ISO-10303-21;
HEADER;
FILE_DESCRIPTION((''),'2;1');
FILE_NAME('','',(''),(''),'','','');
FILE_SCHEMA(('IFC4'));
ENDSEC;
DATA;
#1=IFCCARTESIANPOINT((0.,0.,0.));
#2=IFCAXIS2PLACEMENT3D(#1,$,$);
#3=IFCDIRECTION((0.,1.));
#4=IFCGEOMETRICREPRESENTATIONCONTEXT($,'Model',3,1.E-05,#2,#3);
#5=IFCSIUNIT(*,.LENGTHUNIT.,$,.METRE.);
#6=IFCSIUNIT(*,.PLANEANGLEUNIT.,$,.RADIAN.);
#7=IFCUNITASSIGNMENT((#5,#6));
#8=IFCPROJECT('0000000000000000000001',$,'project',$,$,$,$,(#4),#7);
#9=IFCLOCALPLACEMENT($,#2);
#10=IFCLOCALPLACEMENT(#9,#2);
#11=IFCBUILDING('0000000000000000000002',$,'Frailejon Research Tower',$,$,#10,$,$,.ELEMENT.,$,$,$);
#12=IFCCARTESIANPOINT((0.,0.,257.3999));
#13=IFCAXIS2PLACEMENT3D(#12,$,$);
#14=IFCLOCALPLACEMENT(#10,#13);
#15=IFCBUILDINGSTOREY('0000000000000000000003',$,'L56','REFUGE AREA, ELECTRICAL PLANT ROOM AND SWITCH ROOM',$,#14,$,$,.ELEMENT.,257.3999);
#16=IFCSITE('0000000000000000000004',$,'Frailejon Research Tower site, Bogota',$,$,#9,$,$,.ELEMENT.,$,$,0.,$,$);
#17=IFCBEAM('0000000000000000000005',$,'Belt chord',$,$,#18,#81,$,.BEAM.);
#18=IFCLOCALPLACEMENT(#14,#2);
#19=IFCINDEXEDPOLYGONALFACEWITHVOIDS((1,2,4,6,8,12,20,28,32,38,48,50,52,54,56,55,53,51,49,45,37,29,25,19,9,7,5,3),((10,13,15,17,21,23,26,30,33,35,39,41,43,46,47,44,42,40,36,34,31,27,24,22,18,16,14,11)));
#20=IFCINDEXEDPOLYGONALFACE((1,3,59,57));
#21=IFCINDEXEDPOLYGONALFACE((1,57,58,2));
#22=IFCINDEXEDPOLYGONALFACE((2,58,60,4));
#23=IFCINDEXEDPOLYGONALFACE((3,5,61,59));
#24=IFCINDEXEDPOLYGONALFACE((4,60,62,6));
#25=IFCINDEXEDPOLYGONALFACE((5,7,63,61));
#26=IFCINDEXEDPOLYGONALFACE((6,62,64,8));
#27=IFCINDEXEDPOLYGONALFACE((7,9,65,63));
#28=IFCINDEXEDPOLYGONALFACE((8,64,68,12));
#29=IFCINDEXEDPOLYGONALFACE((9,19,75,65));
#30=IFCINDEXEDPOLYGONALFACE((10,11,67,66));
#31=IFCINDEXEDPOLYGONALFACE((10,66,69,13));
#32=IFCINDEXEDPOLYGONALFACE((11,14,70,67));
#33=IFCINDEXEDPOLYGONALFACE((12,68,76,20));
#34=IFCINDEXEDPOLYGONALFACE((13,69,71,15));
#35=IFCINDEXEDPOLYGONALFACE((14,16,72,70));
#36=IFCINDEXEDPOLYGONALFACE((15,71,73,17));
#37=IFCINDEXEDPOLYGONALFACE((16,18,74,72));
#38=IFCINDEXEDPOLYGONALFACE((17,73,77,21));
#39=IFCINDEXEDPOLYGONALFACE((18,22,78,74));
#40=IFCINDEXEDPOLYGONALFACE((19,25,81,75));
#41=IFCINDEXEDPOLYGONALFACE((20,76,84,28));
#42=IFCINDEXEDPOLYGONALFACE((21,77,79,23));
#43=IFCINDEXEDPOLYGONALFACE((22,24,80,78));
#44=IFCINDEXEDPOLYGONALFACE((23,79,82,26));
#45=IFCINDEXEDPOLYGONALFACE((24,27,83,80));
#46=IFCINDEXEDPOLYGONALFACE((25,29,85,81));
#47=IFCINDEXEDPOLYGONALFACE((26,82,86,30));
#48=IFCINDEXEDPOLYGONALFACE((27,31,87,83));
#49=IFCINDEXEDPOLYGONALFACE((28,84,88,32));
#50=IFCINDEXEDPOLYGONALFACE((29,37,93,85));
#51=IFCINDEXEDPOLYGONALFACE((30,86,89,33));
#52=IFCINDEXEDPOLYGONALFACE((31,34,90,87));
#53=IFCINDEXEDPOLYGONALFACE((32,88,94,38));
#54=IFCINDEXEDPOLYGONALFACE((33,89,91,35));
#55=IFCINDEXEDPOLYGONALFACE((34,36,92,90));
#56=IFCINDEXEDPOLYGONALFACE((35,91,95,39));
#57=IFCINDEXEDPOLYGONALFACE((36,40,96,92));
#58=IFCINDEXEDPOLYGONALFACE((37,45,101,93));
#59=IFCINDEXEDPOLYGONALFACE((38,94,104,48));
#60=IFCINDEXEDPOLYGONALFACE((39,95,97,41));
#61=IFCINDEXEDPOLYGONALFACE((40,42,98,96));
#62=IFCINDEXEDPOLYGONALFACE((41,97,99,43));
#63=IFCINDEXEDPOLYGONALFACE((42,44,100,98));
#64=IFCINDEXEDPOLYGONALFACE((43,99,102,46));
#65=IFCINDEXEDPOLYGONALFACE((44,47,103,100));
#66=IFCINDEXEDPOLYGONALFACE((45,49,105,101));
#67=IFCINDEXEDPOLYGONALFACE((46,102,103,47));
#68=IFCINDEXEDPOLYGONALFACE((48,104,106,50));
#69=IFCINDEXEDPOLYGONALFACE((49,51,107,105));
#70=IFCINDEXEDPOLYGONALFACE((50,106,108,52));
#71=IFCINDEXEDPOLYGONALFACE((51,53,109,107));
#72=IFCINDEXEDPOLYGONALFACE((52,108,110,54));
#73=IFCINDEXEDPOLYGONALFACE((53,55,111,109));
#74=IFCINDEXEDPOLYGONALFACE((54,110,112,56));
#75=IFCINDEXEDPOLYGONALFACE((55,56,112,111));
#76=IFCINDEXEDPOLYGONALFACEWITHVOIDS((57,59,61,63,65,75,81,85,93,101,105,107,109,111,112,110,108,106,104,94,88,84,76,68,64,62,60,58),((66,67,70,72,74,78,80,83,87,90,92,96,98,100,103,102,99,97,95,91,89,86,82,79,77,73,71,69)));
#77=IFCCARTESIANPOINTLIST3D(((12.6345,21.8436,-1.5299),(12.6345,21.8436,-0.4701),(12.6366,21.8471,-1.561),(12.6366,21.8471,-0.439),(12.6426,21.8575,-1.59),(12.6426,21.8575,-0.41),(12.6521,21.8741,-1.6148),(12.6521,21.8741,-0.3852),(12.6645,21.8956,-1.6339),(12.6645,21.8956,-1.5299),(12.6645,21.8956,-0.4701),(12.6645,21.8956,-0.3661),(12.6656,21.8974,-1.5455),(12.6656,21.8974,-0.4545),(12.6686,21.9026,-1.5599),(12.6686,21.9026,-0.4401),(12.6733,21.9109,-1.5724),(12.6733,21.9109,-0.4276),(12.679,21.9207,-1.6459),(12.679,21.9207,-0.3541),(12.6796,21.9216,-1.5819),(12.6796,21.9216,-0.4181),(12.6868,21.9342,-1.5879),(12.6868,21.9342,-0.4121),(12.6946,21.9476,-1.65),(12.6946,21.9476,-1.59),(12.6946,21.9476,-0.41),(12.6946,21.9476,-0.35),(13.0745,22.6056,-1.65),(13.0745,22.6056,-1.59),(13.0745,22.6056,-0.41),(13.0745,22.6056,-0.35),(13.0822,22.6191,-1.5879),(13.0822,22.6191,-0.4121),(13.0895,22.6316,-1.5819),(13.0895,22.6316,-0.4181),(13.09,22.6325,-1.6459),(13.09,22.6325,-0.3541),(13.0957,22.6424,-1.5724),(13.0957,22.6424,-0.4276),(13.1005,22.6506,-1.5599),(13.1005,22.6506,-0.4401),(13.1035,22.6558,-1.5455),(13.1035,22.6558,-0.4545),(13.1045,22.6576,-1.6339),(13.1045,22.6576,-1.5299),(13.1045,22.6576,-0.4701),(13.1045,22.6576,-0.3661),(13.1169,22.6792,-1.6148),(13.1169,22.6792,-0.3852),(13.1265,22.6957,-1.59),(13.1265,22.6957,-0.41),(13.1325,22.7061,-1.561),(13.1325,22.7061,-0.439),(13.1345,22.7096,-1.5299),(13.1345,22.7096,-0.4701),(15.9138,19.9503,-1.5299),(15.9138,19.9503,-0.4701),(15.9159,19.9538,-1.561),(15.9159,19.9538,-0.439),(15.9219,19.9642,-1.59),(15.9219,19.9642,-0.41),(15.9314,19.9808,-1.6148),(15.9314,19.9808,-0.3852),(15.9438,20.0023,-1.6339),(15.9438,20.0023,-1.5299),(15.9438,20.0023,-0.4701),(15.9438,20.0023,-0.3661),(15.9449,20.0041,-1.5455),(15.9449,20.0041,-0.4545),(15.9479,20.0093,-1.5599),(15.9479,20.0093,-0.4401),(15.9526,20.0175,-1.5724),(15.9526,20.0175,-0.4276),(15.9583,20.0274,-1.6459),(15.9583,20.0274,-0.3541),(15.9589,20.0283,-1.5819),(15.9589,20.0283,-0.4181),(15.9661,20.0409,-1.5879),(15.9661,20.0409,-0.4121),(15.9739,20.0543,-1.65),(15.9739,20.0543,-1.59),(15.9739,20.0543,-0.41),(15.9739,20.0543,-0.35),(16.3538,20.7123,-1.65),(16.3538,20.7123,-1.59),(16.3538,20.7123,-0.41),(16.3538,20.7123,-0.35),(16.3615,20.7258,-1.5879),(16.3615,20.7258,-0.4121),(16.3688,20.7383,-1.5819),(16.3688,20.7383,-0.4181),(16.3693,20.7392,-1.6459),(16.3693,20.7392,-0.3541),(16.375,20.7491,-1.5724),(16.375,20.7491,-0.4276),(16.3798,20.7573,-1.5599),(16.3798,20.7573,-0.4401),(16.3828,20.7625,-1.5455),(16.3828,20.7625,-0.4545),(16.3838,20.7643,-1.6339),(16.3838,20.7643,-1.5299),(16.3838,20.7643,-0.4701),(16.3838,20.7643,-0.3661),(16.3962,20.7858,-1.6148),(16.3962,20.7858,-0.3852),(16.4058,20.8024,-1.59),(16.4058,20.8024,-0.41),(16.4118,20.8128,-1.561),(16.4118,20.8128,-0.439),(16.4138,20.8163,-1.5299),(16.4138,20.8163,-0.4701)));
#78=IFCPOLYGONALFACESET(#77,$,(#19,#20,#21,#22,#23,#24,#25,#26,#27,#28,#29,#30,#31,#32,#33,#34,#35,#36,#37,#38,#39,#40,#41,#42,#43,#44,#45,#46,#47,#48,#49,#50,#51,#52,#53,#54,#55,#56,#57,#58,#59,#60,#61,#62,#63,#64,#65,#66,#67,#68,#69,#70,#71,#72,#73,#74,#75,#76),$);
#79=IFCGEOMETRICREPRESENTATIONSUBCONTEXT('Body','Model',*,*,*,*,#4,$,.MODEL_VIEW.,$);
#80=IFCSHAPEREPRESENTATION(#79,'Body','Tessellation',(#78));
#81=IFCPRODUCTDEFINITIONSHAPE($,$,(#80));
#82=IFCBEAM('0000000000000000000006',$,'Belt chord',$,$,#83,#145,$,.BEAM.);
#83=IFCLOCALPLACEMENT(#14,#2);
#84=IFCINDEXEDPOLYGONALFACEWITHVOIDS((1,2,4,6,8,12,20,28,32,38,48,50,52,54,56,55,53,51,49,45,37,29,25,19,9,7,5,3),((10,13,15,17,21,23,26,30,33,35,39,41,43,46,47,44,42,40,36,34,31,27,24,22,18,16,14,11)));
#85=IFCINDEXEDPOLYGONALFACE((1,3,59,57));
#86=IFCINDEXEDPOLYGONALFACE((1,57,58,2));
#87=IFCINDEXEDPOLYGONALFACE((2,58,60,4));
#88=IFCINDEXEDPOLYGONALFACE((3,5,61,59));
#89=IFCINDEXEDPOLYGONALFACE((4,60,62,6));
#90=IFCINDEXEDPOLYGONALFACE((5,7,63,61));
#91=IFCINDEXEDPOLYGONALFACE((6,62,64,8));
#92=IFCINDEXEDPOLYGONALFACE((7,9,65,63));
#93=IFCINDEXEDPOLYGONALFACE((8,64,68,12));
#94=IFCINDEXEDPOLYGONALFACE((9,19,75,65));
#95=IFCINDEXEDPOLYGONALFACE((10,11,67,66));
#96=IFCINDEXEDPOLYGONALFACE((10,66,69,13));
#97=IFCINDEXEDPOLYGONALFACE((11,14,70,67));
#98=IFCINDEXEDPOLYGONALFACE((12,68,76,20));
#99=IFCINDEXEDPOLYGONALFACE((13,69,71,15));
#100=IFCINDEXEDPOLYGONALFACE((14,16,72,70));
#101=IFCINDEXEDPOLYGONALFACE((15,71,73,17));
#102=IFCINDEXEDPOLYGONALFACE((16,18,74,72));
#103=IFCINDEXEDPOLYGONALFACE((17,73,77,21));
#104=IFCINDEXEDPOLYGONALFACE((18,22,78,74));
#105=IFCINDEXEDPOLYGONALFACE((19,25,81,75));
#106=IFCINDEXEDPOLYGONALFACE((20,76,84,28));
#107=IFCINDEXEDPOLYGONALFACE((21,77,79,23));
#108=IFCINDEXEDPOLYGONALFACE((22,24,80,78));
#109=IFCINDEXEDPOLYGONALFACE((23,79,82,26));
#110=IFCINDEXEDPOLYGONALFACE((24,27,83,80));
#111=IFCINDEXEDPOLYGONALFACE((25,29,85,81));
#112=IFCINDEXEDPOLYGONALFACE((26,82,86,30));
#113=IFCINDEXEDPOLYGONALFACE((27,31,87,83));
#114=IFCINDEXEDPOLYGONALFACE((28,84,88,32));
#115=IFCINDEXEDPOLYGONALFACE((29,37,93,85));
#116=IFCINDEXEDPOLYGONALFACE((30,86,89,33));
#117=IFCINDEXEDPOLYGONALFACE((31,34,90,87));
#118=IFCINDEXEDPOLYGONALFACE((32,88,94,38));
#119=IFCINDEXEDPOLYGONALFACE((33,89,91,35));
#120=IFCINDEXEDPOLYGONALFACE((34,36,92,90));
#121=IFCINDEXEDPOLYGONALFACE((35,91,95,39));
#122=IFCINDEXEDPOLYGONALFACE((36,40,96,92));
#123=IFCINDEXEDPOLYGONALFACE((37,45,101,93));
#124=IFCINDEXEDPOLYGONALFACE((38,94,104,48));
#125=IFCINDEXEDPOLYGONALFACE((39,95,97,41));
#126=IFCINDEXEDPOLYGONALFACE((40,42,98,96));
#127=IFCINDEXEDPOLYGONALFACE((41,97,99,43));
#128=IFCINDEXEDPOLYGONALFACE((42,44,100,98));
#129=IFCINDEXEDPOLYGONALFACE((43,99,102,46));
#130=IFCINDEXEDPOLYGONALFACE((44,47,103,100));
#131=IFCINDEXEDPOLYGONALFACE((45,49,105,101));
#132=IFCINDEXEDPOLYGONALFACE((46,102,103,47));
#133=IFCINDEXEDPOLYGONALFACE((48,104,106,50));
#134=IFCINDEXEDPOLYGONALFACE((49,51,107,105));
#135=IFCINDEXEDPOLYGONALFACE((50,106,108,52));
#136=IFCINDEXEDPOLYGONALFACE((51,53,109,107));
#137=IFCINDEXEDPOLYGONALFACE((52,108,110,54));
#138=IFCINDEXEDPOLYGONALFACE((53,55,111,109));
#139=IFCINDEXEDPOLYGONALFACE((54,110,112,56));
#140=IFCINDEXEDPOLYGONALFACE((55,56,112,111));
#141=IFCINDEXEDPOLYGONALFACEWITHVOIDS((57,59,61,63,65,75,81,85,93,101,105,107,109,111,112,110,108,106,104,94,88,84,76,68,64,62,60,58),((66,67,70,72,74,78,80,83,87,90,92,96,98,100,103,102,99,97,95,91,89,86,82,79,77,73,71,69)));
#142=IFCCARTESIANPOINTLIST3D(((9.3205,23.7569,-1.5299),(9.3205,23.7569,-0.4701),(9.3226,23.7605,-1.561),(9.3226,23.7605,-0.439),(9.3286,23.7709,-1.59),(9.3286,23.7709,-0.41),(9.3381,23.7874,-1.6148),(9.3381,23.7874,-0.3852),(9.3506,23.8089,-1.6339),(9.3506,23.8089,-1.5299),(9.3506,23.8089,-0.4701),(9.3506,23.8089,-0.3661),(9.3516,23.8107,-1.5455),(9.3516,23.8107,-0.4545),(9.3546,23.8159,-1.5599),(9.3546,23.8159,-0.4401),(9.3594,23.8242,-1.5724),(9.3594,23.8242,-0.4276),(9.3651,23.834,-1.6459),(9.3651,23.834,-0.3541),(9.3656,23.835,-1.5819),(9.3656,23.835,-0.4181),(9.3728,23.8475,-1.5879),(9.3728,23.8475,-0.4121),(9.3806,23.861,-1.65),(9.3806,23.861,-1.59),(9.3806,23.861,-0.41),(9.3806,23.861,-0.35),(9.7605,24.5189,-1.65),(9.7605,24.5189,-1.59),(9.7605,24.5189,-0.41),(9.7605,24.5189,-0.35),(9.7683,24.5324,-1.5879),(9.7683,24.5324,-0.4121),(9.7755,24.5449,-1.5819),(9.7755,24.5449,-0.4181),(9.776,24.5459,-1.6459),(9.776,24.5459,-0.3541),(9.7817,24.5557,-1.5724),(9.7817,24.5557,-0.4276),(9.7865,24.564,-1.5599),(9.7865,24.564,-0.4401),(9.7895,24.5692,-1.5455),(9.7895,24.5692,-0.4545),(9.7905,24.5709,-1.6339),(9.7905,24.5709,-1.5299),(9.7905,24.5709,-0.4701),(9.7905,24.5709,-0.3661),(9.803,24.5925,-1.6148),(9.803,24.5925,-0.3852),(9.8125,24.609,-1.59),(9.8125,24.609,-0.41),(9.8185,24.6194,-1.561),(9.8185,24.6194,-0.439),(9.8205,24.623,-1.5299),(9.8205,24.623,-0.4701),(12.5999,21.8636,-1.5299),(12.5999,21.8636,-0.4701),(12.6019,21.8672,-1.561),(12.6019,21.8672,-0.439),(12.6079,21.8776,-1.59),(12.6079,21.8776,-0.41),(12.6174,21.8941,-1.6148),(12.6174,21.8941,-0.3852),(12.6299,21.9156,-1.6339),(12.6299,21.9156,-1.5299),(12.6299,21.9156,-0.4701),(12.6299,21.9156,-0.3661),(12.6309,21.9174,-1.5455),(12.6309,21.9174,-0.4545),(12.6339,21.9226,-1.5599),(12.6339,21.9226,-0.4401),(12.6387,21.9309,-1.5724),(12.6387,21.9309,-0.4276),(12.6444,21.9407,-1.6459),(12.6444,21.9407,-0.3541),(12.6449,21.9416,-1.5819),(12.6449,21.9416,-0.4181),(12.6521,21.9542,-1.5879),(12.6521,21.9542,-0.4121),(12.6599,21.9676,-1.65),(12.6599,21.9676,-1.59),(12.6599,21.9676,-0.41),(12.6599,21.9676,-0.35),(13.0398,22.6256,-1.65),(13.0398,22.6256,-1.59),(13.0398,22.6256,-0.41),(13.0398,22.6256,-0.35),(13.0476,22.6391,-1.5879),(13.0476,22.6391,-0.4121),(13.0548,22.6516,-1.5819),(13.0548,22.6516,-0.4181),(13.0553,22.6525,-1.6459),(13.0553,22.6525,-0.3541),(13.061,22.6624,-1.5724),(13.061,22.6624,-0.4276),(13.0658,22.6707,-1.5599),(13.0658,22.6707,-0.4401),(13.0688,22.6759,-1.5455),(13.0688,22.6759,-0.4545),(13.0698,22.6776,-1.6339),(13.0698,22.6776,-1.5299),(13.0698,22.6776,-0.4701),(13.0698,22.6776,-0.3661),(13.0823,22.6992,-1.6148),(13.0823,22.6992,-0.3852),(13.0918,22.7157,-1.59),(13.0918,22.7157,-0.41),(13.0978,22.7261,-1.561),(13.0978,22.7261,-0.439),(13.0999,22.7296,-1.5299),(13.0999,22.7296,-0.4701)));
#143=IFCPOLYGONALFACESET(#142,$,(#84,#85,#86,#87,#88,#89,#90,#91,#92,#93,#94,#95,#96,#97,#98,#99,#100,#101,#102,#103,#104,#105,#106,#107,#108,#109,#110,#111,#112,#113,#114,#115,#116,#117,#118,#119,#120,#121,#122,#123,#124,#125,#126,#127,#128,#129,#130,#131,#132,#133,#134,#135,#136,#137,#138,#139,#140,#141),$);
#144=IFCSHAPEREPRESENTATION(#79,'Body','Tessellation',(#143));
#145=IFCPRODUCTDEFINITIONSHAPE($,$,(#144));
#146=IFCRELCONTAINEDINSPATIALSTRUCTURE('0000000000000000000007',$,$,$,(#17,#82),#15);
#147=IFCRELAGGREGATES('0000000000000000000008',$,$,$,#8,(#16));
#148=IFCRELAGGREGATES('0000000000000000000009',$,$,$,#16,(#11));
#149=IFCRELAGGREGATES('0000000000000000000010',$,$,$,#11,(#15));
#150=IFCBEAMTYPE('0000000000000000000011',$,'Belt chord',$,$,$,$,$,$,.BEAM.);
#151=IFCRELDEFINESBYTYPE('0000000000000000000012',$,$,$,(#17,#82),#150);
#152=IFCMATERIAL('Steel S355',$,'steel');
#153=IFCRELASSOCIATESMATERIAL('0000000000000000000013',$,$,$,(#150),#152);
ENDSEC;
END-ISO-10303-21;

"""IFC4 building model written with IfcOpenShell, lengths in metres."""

from ifc_helpers import new_model, si_unit, direction, frame, origin, origin_2d, place, context, subcontext, project, spatial, hollow_rectangle, extrude, material, material_profile, profile_set, type_object, element, save


model = new_model("IFC4")

# Units and contexts
model_context = context("Model", 3, precision=1e-05, world=origin(), true_north=direction((0.0, 1.0)))
body_context = subcontext(model_context, "Body", "Model", "MODEL_VIEW")
ifc_project = project(units=[si_unit("LENGTHUNIT", "METRE"), si_unit("PLANEANGLEUNIT", "RADIAN")], contexts=[model_context])

# Site, building, storey
site_placement = place(None, origin())
site = spatial("IfcSite", under=ifc_project, at=site_placement, Name="Frailejon Research Tower site, Bogota", CompositionType="ELEMENT", RefElevation=0.0)
building_placement = place(site_placement, origin())
building = spatial("IfcBuilding", under=site, at=building_placement, Name="Frailejon Research Tower", CompositionType="ELEMENT")
storey_placement = place(building_placement, frame((0.0, 0.0, 257.3999)))
storey = spatial("IfcBuildingStorey", under=building, at=storey_placement, Name="L56", Description="REFUGE AREA, ELECTRICAL PLANT ROOM AND SWITCH ROOM", CompositionType="ELEMENT", Elevation=257.3999)

# Beams
ifc_material_1 = material(Name="Steel S355", Category="steel")
ifc_material_profile_1 = material_profile(ifc_material_1, hollow_rectangle(XDim=1.0, YDim=1.3, WallThickness=0.0601, InnerFilletRadius=0.0601, OuterFilletRadius=0.1201, at=origin_2d()), Name="Belt chord")
ifc_profile_set_1 = profile_set([ifc_material_profile_1], Name="Steel S355")
beam_type_1 = type_object("IfcBeamType", Name="Belt chord", PredefinedType="BEAM", material=ifc_profile_set_1)
for number, where, z_axis, x_axis, name in (
    (1, (16.1638, 20.3833, -1.0), (-0.866025, 0.500002, 0.0), (-0.500002, -0.866025, 0.0), "Belt chord"),
    (2, (12.8499, 22.2966, -1.0), (-0.866025, 0.500002, 0.0), (-0.500002, -0.866025, 0.0), "Belt chord"),
):
    element("IfcBeam", number, at=place(storey_placement, frame(where, z_axis=z_axis, x_axis=x_axis)), inside=storey, type_object=beam_type_1, Name=name, PredefinedType="BEAM", context=body_context, shape_type="SweptSolid", body=[
        extrude(hollow_rectangle(XDim=1.0, YDim=1.3, WallThickness=0.0601, InnerFilletRadius=0.0601, OuterFilletRadius=0.1201, at=origin_2d()), origin(), (0.0, 0.0, 1.0), 3.7866),
    ])

save(model, "model.ifc")
